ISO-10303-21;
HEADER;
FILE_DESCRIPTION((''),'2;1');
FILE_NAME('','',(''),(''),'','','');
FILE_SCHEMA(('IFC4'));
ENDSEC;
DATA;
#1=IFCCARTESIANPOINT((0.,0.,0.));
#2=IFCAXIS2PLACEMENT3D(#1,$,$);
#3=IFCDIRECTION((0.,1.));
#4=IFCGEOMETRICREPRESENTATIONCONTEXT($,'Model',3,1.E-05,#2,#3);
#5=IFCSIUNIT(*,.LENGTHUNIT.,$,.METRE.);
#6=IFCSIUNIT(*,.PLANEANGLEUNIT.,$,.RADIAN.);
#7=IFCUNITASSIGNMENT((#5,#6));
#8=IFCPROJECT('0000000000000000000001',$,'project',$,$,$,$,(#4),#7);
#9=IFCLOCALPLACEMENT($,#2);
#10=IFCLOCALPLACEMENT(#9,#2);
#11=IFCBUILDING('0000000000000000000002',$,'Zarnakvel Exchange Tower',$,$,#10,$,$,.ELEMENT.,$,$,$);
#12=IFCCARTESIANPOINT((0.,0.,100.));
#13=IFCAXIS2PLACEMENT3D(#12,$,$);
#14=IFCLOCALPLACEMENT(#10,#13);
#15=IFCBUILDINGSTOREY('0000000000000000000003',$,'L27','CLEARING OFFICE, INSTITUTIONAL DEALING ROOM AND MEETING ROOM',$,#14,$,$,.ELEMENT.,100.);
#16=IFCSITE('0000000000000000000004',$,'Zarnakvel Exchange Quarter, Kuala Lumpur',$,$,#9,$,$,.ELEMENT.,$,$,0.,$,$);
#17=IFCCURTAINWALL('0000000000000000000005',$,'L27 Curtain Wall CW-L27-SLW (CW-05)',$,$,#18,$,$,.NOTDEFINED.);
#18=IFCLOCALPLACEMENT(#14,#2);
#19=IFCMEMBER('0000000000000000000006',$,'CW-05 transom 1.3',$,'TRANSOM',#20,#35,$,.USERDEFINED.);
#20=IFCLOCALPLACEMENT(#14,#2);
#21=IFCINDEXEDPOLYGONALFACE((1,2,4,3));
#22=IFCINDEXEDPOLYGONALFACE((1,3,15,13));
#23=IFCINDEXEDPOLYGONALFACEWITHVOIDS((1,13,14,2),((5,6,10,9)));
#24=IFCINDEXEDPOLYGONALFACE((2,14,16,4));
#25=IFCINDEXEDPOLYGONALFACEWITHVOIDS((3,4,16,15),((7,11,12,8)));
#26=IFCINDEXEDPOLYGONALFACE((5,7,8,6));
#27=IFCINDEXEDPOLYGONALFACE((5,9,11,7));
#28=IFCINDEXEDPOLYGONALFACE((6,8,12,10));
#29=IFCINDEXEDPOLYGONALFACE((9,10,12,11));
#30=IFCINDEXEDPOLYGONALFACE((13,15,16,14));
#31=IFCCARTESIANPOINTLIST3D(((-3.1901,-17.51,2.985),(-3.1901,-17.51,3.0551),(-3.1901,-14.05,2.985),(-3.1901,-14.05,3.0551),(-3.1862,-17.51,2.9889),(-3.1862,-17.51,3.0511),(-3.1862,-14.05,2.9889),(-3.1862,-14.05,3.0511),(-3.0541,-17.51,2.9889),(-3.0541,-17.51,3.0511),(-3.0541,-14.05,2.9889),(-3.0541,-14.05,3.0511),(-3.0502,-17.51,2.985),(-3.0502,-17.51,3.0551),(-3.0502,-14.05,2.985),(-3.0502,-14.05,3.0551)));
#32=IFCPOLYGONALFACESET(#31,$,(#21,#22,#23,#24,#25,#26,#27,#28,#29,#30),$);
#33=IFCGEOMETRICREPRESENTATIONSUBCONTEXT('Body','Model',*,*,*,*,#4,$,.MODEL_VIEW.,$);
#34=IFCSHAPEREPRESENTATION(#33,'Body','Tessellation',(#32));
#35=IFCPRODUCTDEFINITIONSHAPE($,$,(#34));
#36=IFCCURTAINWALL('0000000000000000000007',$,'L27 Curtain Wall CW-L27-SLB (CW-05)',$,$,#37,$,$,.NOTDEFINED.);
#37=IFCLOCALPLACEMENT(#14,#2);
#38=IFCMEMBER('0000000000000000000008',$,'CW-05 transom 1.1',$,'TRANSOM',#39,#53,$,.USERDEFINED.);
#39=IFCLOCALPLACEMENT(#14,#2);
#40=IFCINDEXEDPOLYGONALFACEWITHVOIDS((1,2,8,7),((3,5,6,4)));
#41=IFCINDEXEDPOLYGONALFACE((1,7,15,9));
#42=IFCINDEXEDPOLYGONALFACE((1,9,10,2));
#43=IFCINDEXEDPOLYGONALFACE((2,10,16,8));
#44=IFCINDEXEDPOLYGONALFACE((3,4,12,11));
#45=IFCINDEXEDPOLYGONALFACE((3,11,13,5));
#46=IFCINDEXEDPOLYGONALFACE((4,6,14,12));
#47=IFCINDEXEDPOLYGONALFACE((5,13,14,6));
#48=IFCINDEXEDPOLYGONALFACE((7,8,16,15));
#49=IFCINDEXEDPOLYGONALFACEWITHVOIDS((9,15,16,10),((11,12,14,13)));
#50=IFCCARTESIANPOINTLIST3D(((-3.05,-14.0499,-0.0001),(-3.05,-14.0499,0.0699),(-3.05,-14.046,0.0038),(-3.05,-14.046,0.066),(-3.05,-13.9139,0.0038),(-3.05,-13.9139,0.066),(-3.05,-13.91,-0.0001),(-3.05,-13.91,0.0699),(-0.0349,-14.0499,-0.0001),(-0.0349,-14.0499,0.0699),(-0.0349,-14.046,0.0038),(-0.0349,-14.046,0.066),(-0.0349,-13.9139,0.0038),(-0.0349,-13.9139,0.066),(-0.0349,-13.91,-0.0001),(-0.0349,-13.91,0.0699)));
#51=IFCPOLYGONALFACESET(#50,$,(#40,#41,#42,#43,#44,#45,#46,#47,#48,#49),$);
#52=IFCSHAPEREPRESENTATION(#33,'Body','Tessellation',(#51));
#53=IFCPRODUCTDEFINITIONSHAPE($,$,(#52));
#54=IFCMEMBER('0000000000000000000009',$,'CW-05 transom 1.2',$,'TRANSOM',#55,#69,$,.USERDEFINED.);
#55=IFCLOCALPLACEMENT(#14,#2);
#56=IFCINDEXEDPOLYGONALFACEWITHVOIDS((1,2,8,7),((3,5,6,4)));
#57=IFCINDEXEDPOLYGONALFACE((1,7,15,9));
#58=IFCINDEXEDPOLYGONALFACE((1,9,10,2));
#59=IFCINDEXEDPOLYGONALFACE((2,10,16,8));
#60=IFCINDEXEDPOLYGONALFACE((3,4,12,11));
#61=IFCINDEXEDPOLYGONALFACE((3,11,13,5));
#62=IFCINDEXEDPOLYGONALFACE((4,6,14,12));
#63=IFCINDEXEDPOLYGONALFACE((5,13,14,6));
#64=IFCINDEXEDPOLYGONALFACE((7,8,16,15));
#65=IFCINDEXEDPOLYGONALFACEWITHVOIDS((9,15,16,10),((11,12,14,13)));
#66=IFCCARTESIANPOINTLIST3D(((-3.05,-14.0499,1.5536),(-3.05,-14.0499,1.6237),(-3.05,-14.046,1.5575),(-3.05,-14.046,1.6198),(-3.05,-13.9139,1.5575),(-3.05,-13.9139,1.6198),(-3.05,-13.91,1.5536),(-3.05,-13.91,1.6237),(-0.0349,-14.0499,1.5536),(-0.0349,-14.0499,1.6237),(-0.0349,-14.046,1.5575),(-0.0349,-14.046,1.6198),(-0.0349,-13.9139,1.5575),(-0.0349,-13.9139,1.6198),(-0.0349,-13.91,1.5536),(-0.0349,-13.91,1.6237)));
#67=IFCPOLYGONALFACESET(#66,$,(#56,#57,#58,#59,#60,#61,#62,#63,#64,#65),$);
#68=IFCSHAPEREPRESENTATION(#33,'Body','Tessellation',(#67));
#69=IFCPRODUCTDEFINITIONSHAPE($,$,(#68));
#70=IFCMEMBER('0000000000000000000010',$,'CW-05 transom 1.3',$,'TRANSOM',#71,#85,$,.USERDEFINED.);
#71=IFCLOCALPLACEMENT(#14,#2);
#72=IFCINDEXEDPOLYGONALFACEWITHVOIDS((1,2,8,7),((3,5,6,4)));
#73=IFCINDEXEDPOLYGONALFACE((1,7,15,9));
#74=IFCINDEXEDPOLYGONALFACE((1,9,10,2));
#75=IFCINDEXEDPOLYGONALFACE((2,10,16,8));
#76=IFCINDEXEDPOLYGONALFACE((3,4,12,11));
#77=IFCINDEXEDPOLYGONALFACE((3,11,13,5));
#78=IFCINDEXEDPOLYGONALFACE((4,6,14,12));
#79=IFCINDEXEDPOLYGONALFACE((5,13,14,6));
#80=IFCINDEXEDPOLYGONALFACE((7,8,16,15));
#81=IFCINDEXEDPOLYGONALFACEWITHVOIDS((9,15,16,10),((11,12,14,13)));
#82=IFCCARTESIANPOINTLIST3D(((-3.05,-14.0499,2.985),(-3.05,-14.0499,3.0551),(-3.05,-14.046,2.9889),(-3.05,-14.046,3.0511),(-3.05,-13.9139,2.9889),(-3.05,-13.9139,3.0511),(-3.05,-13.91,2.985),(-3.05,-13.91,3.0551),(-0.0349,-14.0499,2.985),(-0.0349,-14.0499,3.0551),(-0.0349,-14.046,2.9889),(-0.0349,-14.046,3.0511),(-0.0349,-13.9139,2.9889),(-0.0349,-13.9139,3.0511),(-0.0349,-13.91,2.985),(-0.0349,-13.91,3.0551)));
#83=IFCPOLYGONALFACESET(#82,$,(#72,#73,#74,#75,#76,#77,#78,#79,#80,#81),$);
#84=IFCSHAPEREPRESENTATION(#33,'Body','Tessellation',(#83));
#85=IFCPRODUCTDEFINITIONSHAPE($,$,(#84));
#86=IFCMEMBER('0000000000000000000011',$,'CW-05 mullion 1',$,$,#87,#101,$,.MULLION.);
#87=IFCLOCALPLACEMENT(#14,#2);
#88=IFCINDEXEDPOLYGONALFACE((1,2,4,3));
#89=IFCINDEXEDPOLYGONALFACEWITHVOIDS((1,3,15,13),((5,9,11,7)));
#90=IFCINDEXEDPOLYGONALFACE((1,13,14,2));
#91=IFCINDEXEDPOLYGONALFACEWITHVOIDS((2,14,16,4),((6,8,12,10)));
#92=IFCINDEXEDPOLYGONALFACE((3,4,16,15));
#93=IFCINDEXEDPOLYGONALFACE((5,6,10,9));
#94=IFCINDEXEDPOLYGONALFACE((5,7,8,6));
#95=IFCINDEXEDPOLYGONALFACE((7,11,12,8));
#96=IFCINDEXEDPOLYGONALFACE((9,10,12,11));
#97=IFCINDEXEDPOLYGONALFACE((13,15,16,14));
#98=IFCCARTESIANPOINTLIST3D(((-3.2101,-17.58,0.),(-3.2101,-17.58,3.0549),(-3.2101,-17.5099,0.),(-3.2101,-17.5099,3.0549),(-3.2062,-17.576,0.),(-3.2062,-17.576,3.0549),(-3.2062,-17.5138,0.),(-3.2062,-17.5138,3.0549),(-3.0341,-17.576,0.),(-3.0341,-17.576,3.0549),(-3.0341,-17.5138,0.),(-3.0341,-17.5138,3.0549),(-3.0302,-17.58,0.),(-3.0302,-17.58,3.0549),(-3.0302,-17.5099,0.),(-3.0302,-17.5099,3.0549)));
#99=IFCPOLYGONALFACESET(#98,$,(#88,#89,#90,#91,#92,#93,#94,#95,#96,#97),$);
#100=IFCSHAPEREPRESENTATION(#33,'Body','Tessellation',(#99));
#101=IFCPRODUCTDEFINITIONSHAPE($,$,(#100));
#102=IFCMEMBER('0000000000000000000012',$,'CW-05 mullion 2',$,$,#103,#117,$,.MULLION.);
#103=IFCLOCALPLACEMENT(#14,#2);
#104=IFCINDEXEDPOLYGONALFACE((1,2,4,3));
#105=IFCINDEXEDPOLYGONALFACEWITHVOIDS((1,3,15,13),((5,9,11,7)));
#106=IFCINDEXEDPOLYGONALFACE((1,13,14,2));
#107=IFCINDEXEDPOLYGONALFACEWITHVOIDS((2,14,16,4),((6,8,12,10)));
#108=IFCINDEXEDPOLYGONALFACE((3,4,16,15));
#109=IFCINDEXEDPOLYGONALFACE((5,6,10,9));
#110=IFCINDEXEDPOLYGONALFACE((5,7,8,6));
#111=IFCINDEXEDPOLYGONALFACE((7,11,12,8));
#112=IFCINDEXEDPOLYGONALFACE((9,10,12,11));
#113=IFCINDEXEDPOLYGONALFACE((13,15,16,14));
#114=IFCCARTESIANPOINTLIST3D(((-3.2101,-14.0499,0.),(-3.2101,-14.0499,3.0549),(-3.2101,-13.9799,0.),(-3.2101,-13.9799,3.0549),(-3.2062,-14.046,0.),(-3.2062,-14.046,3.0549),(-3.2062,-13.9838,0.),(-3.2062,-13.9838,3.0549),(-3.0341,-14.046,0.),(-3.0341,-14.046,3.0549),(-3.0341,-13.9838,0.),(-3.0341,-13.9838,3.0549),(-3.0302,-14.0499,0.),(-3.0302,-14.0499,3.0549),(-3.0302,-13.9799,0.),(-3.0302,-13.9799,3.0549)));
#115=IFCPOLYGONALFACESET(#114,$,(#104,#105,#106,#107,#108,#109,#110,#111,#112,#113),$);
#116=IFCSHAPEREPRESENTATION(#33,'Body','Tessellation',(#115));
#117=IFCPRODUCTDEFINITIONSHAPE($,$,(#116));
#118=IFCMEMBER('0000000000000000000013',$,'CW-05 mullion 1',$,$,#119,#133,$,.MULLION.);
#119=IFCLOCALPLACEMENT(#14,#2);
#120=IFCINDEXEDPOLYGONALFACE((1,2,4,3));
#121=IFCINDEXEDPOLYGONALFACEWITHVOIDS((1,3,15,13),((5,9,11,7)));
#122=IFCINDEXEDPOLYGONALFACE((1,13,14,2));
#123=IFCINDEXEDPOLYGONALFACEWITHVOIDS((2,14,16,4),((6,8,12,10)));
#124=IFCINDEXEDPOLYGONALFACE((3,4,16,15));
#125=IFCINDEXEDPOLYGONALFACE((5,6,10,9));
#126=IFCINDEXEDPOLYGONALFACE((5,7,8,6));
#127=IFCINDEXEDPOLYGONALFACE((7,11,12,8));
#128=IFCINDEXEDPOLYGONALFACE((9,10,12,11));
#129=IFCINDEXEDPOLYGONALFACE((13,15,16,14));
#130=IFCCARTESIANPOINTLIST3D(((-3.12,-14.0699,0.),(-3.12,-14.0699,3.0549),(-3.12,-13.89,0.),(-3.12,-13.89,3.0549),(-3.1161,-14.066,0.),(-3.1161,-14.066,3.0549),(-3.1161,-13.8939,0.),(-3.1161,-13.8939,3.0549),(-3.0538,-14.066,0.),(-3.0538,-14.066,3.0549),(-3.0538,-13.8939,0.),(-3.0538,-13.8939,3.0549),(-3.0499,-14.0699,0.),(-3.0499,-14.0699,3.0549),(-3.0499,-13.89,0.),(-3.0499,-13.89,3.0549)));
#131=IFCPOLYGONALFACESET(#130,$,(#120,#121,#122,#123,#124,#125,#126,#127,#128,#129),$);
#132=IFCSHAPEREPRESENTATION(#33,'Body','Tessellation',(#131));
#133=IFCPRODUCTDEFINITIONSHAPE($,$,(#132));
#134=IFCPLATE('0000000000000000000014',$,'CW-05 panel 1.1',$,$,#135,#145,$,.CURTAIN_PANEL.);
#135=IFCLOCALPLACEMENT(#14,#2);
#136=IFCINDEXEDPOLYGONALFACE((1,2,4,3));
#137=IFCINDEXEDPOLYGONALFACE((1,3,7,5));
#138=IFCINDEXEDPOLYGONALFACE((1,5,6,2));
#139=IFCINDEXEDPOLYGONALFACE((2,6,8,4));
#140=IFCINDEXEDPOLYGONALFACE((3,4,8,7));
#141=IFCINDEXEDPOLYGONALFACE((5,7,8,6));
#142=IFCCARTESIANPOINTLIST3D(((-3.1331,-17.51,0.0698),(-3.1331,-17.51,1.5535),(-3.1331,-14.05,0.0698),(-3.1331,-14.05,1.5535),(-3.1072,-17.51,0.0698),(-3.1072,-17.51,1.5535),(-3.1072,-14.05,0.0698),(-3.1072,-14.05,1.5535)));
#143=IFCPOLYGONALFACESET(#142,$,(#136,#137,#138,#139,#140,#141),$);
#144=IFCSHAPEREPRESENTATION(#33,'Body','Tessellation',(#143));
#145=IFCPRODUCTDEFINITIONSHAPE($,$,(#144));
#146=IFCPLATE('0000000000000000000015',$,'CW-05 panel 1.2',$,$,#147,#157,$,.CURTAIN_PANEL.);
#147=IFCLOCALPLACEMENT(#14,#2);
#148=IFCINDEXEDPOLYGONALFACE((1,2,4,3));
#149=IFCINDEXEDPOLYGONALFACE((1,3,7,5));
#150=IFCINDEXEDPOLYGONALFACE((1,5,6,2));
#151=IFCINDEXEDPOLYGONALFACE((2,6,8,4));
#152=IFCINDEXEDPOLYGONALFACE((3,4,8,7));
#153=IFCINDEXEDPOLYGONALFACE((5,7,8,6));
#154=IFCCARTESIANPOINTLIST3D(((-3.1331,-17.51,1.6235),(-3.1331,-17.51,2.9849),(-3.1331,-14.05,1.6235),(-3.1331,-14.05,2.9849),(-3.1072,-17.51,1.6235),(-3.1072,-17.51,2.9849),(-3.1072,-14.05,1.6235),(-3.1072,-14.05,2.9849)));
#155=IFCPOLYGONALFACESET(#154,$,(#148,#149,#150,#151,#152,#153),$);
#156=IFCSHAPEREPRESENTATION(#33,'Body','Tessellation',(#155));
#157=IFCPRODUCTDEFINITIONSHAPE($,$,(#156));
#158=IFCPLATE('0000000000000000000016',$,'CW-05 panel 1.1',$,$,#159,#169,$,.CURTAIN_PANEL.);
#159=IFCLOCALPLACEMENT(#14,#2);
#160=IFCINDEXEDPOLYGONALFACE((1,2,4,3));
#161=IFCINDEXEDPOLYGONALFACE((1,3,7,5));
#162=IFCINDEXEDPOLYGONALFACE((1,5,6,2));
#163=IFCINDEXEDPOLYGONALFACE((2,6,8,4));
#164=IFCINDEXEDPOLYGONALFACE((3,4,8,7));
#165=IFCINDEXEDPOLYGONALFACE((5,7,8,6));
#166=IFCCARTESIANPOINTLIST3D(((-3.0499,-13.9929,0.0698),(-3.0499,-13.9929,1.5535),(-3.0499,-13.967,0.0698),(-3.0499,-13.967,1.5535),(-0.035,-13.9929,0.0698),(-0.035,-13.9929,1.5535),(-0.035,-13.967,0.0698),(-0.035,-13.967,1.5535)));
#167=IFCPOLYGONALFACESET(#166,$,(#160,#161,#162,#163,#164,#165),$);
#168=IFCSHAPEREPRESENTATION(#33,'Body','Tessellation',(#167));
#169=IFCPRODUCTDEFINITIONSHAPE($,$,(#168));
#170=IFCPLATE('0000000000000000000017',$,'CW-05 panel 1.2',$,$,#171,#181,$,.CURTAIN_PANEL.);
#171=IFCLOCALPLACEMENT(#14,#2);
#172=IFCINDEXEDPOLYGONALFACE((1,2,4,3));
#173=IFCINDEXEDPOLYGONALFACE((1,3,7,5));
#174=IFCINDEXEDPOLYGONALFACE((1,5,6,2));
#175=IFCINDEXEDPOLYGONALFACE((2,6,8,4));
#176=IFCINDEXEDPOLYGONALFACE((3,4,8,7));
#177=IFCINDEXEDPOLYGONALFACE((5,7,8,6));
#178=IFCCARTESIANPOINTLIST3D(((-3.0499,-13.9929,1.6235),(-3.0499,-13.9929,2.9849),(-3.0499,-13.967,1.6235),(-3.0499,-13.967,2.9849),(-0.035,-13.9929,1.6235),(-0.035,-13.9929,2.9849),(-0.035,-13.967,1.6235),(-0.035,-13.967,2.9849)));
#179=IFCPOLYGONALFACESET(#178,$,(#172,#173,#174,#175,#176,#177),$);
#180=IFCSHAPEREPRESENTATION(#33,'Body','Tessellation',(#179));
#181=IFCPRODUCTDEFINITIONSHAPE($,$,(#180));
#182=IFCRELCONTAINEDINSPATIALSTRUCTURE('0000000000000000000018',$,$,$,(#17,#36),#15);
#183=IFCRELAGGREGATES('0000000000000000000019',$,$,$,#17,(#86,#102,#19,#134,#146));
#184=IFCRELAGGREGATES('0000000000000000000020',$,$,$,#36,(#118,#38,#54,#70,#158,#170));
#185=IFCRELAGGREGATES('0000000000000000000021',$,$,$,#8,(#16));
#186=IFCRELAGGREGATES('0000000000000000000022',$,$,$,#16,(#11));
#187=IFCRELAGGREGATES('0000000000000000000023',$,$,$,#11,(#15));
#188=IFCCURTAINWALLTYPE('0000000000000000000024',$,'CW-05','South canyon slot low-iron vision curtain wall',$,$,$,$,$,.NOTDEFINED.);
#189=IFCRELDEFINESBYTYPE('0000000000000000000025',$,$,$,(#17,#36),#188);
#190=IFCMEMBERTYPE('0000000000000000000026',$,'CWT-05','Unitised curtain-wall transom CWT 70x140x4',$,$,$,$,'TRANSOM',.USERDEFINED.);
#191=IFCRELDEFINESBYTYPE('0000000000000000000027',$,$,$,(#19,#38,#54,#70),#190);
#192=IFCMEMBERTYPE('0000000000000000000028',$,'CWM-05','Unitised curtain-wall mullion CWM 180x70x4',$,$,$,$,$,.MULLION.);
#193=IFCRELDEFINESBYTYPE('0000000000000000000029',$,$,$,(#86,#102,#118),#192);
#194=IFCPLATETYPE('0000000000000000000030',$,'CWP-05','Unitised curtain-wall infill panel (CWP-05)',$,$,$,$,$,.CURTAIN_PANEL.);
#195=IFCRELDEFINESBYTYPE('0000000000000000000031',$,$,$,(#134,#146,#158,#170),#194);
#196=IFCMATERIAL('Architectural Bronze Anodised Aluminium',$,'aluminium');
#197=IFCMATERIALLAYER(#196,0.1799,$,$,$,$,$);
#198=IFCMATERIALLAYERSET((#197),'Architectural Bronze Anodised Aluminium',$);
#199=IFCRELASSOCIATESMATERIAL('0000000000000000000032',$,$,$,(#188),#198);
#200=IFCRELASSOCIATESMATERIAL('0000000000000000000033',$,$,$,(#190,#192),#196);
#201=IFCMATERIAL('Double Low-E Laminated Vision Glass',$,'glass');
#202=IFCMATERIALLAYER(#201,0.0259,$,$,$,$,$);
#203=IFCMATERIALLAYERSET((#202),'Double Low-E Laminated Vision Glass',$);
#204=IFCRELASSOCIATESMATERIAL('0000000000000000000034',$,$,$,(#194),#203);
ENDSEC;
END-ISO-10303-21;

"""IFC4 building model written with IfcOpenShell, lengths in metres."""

from ifc_helpers import new_model, si_unit, direction, frame, origin, origin_2d, place, context, subcontext, project, spatial, rectangle, hollow_rectangle, extrude, source, transform, mapped, material, layer, layer_set, material_profile, profile_set, type_object, element, aggregate, save


model = new_model("IFC4")

# Units and contexts
model_context = context("Model", 3, precision=1e-05, world=origin(), true_north=direction((0.0, 1.0)))
body_context = subcontext(model_context, "Body", "Model", "MODEL_VIEW")
ifc_project = project(units=[si_unit("LENGTHUNIT", "METRE"), si_unit("PLANEANGLEUNIT", "RADIAN")], contexts=[model_context])

# Site, building, storey
site_placement = place(None, origin())
site = spatial("IfcSite", under=ifc_project, at=site_placement, Name="Zarnakvel Exchange Quarter, Kuala Lumpur", CompositionType="ELEMENT", RefElevation=0.0)
building_placement = place(site_placement, origin())
building = spatial("IfcBuilding", under=site, at=building_placement, Name="Zarnakvel Exchange Tower", CompositionType="ELEMENT")
storey_placement = place(building_placement, frame((0.0, 0.0, 100.0)))
storey = spatial("IfcBuildingStorey", under=building, at=storey_placement, Name="L27", Description="CLEARING OFFICE, INSTITUTIONAL DEALING ROOM AND MEETING ROOM", CompositionType="ELEMENT", Elevation=100.0)

# Curtain walls, members
ifc_material_1 = material(Name="Architectural Bronze Anodised Aluminium", Category="aluminium")
ifc_layer_1 = layer(ifc_material_1, 0.1799)
ifc_layer_set_1 = layer_set([ifc_layer_1], Name="Architectural Bronze Anodised Aluminium")
curtain_wall_type = type_object("IfcCurtainWallType", Name="CW-05", Description="South canyon slot low-iron vision curtain wall", PredefinedType="NOTDEFINED", material=ifc_layer_set_1)
curtain_wall_1_placement = place(storey_placement, origin())
curtain_wall_1 = element("IfcCurtainWall", 1, at=curtain_wall_1_placement, inside=storey, type_object=curtain_wall_type, Name="L27 Curtain Wall CW-L27-SLW (CW-05)", PredefinedType="NOTDEFINED")
ifc_material_profile_1 = material_profile(ifc_material_1, hollow_rectangle(XDim=0.1399, YDim=0.0701, WallThickness=0.0039, at=origin_2d()))
ifc_profile_set_1 = profile_set([ifc_material_profile_1], Name="Architectural Bronze Anodised Aluminium")
member_type_1 = type_object("IfcMemberType", Name="CWT-05", Description="Unitised curtain-wall transom CWT 70x140x4", ElementType="TRANSOM", PredefinedType="USERDEFINED", material=ifc_profile_set_1)
shared_shape_1 = source(origin(), body_context, "Body", "SweptSolid", [
    extrude(hollow_rectangle(XDim=0.1399, YDim=0.0701, WallThickness=0.0039, at=origin_2d()), origin(), (0.0, 0.0, 1.0), 3.46),
])
member_1_placement = place(storey_placement, frame((-3.1201, -17.51, 3.02), z_axis=(0.0, 1.0, 0.0), x_axis=(-1.0, 0.0, 0.0)))
member_1 = element("IfcMember", 2, at=member_1_placement, type_object=member_type_1, Name="CW-05 transom 1.3", ObjectType="TRANSOM", PredefinedType="USERDEFINED", context=body_context, shape_type="MappedRepresentation", body=[
    mapped(shared_shape_1, transform((0.0, 0.0, 0.0), x_axis=(1.0, 0.0, 0.0), y_axis=(0.0, 1.0, 0.0), z_axis=(0.0, 0.0, 1.0), scale=1.0)),
])
curtain_wall_2_placement = place(storey_placement, origin())
curtain_wall_2 = element("IfcCurtainWall", 3, at=curtain_wall_2_placement, inside=storey, type_object=curtain_wall_type, Name="L27 Curtain Wall CW-L27-SLB (CW-05)", PredefinedType="NOTDEFINED")
shared_shape_2 = source(origin(), body_context, "Body", "SweptSolid", [
    extrude(hollow_rectangle(XDim=0.1399, YDim=0.0701, WallThickness=0.0039, at=origin_2d()), origin(), (0.0, 0.0, 1.0), 3.0151),
])
member_2_placement = place(storey_placement, frame((-3.05, -13.98, 0.0349), z_axis=(1.0, 0.0, 0.0), x_axis=(0.0, 1.0, 0.0)))
member_2 = element("IfcMember", 4, at=member_2_placement, type_object=member_type_1, Name="CW-05 transom 1.1", ObjectType="TRANSOM", PredefinedType="USERDEFINED", context=body_context, shape_type="MappedRepresentation", body=[
    mapped(shared_shape_2, transform((0.0, 0.0, 0.0), x_axis=(1.0, 0.0, 0.0), y_axis=(0.0, 1.0, 0.0), z_axis=(0.0, 0.0, 1.0), scale=1.0)),
])
member_3_placement = place(storey_placement, frame((-3.05, -13.98, 1.5886), z_axis=(1.0, 0.0, 0.0), x_axis=(0.0, 1.0, 0.0)))
member_3 = element("IfcMember", 5, at=member_3_placement, type_object=member_type_1, Name="CW-05 transom 1.2", ObjectType="TRANSOM", PredefinedType="USERDEFINED", context=body_context, shape_type="MappedRepresentation", body=[
    mapped(shared_shape_2, transform((0.0, 0.0, 0.0), x_axis=(1.0, 0.0, 0.0), y_axis=(0.0, 1.0, 0.0), z_axis=(0.0, 0.0, 1.0), scale=1.0)),
])
member_4_placement = place(storey_placement, frame((-3.05, -13.98, 3.02), z_axis=(1.0, 0.0, 0.0), x_axis=(0.0, 1.0, 0.0)))
member_4 = element("IfcMember", 6, at=member_4_placement, type_object=member_type_1, Name="CW-05 transom 1.3", ObjectType="TRANSOM", PredefinedType="USERDEFINED", context=body_context, shape_type="MappedRepresentation", body=[
    mapped(shared_shape_2, transform((0.0, 0.0, 0.0), x_axis=(1.0, 0.0, 0.0), y_axis=(0.0, 1.0, 0.0), z_axis=(0.0, 0.0, 1.0), scale=1.0)),
])

# Members
ifc_material_profile_2 = material_profile(ifc_material_1, hollow_rectangle(XDim=0.1799, YDim=0.0701, WallThickness=0.0039, at=origin_2d()))
ifc_profile_set_2 = profile_set([ifc_material_profile_2], Name="Architectural Bronze Anodised Aluminium")
member_type_2 = type_object("IfcMemberType", Name="CWM-05", Description="Unitised curtain-wall mullion CWM 180x70x4", PredefinedType="MULLION", material=ifc_profile_set_2)
shared_shape_3 = source(origin(), body_context, "Body", "SweptSolid", [
    extrude(hollow_rectangle(XDim=0.1799, YDim=0.0701, WallThickness=0.0039, at=origin_2d()), origin(), (0.0, 0.0, 1.0), 3.0549),
])
member_5_placement = place(storey_placement, frame((-3.1201, -17.5449, 0.0), z_axis=(0.0, 0.0, 1.0), x_axis=(-1.0, 0.0, 0.0)))
member_5 = element("IfcMember", 7, at=member_5_placement, type_object=member_type_2, Name="CW-05 mullion 1", PredefinedType="MULLION", context=body_context, shape_type="MappedRepresentation", body=[
    mapped(shared_shape_3, transform((0.0, 0.0, 0.0), x_axis=(1.0, 0.0, 0.0), y_axis=(0.0, 1.0, 0.0), z_axis=(0.0, 0.0, 1.0), scale=1.0)),
])
member_6_placement = place(storey_placement, frame((-3.1201, -14.0149, 0.0), z_axis=(0.0, 0.0, 1.0), x_axis=(-1.0, 0.0, 0.0)))
member_6 = element("IfcMember", 8, at=member_6_placement, type_object=member_type_2, Name="CW-05 mullion 2", PredefinedType="MULLION", context=body_context, shape_type="MappedRepresentation", body=[
    mapped(shared_shape_3, transform((0.0, 0.0, 0.0), x_axis=(1.0, 0.0, 0.0), y_axis=(0.0, 1.0, 0.0), z_axis=(0.0, 0.0, 1.0), scale=1.0)),
])
member_7_placement = place(storey_placement, frame((-3.085, -13.98, 0.0), z_axis=(0.0, 0.0, 1.0), x_axis=(0.0, 1.0, 0.0)))
member_7 = element("IfcMember", 9, at=member_7_placement, type_object=member_type_2, Name="CW-05 mullion 1", PredefinedType="MULLION", context=body_context, shape_type="MappedRepresentation", body=[
    mapped(shared_shape_3, transform((0.0, 0.0, 0.0), x_axis=(1.0, 0.0, 0.0), y_axis=(0.0, 1.0, 0.0), z_axis=(0.0, 0.0, 1.0), scale=1.0)),
])

# Plates
ifc_material_2 = material(Name="Double Low-E Laminated Vision Glass", Category="glass")
ifc_layer_2 = layer(ifc_material_2, 0.0259)
ifc_layer_set_2 = layer_set([ifc_layer_2], Name="Double Low-E Laminated Vision Glass")
plate_type = type_object("IfcPlateType", Name="CWP-05", Description="Unitised curtain-wall infill panel (CWP-05)", PredefinedType="CURTAIN_PANEL", material=ifc_layer_set_2)
shared_shape_4 = source(origin(), body_context, "Body", "SweptSolid", [
    extrude(rectangle(XDim=3.46, YDim=0.0259, at=origin_2d()), origin(), (0.0, 0.0, 1.0), 1.4836),
])
plate_1_placement = place(storey_placement, frame((-3.1201, -15.78, 0.0698), z_axis=(0.0, 0.0, 1.0), x_axis=(0.0, 1.0, 0.0)))
plate_1 = element("IfcPlate", 10, at=plate_1_placement, type_object=plate_type, Name="CW-05 panel 1.1", PredefinedType="CURTAIN_PANEL", context=body_context, shape_type="MappedRepresentation", body=[
    mapped(shared_shape_4, transform((0.0, 0.0, 0.0), x_axis=(1.0, 0.0, 0.0), y_axis=(0.0, 1.0, 0.0), z_axis=(0.0, 0.0, 1.0), scale=1.0)),
])
shared_shape_5 = source(origin(), body_context, "Body", "SweptSolid", [
    extrude(rectangle(XDim=3.46, YDim=0.0259, at=origin_2d()), origin(), (0.0, 0.0, 1.0), 1.3613),
])
plate_2_placement = place(storey_placement, frame((-3.1201, -15.78, 1.6235), z_axis=(0.0, 0.0, 1.0), x_axis=(0.0, 1.0, 0.0)))
plate_2 = element("IfcPlate", 11, at=plate_2_placement, type_object=plate_type, Name="CW-05 panel 1.2", PredefinedType="CURTAIN_PANEL", context=body_context, shape_type="MappedRepresentation", body=[
    mapped(shared_shape_5, transform((0.0, 0.0, 0.0), x_axis=(1.0, 0.0, 0.0), y_axis=(0.0, 1.0, 0.0), z_axis=(0.0, 0.0, 1.0), scale=1.0)),
])
aggregate(curtain_wall_1, [member_5, member_6, member_1, plate_1, plate_2])
shared_shape_6 = source(origin(), body_context, "Body", "SweptSolid", [
    extrude(rectangle(XDim=3.0149, YDim=0.0259, at=origin_2d()), origin(), (0.0, 0.0, 1.0), 1.4836),
])
plate_3_placement = place(storey_placement, frame((-1.5425, -13.98, 0.0698), z_axis=(0.0, 0.0, 1.0), x_axis=(1.0, 0.0, 0.0)))
plate_3 = element("IfcPlate", 12, at=plate_3_placement, type_object=plate_type, Name="CW-05 panel 1.1", PredefinedType="CURTAIN_PANEL", context=body_context, shape_type="MappedRepresentation", body=[
    mapped(shared_shape_6, transform((0.0, 0.0, 0.0), x_axis=(1.0, 0.0, 0.0), y_axis=(0.0, 1.0, 0.0), z_axis=(0.0, 0.0, 1.0), scale=1.0)),
])
shared_shape_7 = source(origin(), body_context, "Body", "SweptSolid", [
    extrude(rectangle(XDim=3.0149, YDim=0.0259, at=origin_2d()), origin(), (0.0, 0.0, 1.0), 1.3613),
])
plate_4_placement = place(storey_placement, frame((-1.5425, -13.98, 1.6235), z_axis=(0.0, 0.0, 1.0), x_axis=(1.0, 0.0, 0.0)))
plate_4 = element("IfcPlate", 13, at=plate_4_placement, type_object=plate_type, Name="CW-05 panel 1.2", PredefinedType="CURTAIN_PANEL", context=body_context, shape_type="MappedRepresentation", body=[
    mapped(shared_shape_7, transform((0.0, 0.0, 0.0), x_axis=(1.0, 0.0, 0.0), y_axis=(0.0, 1.0, 0.0), z_axis=(0.0, 0.0, 1.0), scale=1.0)),
])
aggregate(curtain_wall_2, [member_7, member_2, member_3, member_4, plate_3, plate_4])

save(model, "model.ifc")
